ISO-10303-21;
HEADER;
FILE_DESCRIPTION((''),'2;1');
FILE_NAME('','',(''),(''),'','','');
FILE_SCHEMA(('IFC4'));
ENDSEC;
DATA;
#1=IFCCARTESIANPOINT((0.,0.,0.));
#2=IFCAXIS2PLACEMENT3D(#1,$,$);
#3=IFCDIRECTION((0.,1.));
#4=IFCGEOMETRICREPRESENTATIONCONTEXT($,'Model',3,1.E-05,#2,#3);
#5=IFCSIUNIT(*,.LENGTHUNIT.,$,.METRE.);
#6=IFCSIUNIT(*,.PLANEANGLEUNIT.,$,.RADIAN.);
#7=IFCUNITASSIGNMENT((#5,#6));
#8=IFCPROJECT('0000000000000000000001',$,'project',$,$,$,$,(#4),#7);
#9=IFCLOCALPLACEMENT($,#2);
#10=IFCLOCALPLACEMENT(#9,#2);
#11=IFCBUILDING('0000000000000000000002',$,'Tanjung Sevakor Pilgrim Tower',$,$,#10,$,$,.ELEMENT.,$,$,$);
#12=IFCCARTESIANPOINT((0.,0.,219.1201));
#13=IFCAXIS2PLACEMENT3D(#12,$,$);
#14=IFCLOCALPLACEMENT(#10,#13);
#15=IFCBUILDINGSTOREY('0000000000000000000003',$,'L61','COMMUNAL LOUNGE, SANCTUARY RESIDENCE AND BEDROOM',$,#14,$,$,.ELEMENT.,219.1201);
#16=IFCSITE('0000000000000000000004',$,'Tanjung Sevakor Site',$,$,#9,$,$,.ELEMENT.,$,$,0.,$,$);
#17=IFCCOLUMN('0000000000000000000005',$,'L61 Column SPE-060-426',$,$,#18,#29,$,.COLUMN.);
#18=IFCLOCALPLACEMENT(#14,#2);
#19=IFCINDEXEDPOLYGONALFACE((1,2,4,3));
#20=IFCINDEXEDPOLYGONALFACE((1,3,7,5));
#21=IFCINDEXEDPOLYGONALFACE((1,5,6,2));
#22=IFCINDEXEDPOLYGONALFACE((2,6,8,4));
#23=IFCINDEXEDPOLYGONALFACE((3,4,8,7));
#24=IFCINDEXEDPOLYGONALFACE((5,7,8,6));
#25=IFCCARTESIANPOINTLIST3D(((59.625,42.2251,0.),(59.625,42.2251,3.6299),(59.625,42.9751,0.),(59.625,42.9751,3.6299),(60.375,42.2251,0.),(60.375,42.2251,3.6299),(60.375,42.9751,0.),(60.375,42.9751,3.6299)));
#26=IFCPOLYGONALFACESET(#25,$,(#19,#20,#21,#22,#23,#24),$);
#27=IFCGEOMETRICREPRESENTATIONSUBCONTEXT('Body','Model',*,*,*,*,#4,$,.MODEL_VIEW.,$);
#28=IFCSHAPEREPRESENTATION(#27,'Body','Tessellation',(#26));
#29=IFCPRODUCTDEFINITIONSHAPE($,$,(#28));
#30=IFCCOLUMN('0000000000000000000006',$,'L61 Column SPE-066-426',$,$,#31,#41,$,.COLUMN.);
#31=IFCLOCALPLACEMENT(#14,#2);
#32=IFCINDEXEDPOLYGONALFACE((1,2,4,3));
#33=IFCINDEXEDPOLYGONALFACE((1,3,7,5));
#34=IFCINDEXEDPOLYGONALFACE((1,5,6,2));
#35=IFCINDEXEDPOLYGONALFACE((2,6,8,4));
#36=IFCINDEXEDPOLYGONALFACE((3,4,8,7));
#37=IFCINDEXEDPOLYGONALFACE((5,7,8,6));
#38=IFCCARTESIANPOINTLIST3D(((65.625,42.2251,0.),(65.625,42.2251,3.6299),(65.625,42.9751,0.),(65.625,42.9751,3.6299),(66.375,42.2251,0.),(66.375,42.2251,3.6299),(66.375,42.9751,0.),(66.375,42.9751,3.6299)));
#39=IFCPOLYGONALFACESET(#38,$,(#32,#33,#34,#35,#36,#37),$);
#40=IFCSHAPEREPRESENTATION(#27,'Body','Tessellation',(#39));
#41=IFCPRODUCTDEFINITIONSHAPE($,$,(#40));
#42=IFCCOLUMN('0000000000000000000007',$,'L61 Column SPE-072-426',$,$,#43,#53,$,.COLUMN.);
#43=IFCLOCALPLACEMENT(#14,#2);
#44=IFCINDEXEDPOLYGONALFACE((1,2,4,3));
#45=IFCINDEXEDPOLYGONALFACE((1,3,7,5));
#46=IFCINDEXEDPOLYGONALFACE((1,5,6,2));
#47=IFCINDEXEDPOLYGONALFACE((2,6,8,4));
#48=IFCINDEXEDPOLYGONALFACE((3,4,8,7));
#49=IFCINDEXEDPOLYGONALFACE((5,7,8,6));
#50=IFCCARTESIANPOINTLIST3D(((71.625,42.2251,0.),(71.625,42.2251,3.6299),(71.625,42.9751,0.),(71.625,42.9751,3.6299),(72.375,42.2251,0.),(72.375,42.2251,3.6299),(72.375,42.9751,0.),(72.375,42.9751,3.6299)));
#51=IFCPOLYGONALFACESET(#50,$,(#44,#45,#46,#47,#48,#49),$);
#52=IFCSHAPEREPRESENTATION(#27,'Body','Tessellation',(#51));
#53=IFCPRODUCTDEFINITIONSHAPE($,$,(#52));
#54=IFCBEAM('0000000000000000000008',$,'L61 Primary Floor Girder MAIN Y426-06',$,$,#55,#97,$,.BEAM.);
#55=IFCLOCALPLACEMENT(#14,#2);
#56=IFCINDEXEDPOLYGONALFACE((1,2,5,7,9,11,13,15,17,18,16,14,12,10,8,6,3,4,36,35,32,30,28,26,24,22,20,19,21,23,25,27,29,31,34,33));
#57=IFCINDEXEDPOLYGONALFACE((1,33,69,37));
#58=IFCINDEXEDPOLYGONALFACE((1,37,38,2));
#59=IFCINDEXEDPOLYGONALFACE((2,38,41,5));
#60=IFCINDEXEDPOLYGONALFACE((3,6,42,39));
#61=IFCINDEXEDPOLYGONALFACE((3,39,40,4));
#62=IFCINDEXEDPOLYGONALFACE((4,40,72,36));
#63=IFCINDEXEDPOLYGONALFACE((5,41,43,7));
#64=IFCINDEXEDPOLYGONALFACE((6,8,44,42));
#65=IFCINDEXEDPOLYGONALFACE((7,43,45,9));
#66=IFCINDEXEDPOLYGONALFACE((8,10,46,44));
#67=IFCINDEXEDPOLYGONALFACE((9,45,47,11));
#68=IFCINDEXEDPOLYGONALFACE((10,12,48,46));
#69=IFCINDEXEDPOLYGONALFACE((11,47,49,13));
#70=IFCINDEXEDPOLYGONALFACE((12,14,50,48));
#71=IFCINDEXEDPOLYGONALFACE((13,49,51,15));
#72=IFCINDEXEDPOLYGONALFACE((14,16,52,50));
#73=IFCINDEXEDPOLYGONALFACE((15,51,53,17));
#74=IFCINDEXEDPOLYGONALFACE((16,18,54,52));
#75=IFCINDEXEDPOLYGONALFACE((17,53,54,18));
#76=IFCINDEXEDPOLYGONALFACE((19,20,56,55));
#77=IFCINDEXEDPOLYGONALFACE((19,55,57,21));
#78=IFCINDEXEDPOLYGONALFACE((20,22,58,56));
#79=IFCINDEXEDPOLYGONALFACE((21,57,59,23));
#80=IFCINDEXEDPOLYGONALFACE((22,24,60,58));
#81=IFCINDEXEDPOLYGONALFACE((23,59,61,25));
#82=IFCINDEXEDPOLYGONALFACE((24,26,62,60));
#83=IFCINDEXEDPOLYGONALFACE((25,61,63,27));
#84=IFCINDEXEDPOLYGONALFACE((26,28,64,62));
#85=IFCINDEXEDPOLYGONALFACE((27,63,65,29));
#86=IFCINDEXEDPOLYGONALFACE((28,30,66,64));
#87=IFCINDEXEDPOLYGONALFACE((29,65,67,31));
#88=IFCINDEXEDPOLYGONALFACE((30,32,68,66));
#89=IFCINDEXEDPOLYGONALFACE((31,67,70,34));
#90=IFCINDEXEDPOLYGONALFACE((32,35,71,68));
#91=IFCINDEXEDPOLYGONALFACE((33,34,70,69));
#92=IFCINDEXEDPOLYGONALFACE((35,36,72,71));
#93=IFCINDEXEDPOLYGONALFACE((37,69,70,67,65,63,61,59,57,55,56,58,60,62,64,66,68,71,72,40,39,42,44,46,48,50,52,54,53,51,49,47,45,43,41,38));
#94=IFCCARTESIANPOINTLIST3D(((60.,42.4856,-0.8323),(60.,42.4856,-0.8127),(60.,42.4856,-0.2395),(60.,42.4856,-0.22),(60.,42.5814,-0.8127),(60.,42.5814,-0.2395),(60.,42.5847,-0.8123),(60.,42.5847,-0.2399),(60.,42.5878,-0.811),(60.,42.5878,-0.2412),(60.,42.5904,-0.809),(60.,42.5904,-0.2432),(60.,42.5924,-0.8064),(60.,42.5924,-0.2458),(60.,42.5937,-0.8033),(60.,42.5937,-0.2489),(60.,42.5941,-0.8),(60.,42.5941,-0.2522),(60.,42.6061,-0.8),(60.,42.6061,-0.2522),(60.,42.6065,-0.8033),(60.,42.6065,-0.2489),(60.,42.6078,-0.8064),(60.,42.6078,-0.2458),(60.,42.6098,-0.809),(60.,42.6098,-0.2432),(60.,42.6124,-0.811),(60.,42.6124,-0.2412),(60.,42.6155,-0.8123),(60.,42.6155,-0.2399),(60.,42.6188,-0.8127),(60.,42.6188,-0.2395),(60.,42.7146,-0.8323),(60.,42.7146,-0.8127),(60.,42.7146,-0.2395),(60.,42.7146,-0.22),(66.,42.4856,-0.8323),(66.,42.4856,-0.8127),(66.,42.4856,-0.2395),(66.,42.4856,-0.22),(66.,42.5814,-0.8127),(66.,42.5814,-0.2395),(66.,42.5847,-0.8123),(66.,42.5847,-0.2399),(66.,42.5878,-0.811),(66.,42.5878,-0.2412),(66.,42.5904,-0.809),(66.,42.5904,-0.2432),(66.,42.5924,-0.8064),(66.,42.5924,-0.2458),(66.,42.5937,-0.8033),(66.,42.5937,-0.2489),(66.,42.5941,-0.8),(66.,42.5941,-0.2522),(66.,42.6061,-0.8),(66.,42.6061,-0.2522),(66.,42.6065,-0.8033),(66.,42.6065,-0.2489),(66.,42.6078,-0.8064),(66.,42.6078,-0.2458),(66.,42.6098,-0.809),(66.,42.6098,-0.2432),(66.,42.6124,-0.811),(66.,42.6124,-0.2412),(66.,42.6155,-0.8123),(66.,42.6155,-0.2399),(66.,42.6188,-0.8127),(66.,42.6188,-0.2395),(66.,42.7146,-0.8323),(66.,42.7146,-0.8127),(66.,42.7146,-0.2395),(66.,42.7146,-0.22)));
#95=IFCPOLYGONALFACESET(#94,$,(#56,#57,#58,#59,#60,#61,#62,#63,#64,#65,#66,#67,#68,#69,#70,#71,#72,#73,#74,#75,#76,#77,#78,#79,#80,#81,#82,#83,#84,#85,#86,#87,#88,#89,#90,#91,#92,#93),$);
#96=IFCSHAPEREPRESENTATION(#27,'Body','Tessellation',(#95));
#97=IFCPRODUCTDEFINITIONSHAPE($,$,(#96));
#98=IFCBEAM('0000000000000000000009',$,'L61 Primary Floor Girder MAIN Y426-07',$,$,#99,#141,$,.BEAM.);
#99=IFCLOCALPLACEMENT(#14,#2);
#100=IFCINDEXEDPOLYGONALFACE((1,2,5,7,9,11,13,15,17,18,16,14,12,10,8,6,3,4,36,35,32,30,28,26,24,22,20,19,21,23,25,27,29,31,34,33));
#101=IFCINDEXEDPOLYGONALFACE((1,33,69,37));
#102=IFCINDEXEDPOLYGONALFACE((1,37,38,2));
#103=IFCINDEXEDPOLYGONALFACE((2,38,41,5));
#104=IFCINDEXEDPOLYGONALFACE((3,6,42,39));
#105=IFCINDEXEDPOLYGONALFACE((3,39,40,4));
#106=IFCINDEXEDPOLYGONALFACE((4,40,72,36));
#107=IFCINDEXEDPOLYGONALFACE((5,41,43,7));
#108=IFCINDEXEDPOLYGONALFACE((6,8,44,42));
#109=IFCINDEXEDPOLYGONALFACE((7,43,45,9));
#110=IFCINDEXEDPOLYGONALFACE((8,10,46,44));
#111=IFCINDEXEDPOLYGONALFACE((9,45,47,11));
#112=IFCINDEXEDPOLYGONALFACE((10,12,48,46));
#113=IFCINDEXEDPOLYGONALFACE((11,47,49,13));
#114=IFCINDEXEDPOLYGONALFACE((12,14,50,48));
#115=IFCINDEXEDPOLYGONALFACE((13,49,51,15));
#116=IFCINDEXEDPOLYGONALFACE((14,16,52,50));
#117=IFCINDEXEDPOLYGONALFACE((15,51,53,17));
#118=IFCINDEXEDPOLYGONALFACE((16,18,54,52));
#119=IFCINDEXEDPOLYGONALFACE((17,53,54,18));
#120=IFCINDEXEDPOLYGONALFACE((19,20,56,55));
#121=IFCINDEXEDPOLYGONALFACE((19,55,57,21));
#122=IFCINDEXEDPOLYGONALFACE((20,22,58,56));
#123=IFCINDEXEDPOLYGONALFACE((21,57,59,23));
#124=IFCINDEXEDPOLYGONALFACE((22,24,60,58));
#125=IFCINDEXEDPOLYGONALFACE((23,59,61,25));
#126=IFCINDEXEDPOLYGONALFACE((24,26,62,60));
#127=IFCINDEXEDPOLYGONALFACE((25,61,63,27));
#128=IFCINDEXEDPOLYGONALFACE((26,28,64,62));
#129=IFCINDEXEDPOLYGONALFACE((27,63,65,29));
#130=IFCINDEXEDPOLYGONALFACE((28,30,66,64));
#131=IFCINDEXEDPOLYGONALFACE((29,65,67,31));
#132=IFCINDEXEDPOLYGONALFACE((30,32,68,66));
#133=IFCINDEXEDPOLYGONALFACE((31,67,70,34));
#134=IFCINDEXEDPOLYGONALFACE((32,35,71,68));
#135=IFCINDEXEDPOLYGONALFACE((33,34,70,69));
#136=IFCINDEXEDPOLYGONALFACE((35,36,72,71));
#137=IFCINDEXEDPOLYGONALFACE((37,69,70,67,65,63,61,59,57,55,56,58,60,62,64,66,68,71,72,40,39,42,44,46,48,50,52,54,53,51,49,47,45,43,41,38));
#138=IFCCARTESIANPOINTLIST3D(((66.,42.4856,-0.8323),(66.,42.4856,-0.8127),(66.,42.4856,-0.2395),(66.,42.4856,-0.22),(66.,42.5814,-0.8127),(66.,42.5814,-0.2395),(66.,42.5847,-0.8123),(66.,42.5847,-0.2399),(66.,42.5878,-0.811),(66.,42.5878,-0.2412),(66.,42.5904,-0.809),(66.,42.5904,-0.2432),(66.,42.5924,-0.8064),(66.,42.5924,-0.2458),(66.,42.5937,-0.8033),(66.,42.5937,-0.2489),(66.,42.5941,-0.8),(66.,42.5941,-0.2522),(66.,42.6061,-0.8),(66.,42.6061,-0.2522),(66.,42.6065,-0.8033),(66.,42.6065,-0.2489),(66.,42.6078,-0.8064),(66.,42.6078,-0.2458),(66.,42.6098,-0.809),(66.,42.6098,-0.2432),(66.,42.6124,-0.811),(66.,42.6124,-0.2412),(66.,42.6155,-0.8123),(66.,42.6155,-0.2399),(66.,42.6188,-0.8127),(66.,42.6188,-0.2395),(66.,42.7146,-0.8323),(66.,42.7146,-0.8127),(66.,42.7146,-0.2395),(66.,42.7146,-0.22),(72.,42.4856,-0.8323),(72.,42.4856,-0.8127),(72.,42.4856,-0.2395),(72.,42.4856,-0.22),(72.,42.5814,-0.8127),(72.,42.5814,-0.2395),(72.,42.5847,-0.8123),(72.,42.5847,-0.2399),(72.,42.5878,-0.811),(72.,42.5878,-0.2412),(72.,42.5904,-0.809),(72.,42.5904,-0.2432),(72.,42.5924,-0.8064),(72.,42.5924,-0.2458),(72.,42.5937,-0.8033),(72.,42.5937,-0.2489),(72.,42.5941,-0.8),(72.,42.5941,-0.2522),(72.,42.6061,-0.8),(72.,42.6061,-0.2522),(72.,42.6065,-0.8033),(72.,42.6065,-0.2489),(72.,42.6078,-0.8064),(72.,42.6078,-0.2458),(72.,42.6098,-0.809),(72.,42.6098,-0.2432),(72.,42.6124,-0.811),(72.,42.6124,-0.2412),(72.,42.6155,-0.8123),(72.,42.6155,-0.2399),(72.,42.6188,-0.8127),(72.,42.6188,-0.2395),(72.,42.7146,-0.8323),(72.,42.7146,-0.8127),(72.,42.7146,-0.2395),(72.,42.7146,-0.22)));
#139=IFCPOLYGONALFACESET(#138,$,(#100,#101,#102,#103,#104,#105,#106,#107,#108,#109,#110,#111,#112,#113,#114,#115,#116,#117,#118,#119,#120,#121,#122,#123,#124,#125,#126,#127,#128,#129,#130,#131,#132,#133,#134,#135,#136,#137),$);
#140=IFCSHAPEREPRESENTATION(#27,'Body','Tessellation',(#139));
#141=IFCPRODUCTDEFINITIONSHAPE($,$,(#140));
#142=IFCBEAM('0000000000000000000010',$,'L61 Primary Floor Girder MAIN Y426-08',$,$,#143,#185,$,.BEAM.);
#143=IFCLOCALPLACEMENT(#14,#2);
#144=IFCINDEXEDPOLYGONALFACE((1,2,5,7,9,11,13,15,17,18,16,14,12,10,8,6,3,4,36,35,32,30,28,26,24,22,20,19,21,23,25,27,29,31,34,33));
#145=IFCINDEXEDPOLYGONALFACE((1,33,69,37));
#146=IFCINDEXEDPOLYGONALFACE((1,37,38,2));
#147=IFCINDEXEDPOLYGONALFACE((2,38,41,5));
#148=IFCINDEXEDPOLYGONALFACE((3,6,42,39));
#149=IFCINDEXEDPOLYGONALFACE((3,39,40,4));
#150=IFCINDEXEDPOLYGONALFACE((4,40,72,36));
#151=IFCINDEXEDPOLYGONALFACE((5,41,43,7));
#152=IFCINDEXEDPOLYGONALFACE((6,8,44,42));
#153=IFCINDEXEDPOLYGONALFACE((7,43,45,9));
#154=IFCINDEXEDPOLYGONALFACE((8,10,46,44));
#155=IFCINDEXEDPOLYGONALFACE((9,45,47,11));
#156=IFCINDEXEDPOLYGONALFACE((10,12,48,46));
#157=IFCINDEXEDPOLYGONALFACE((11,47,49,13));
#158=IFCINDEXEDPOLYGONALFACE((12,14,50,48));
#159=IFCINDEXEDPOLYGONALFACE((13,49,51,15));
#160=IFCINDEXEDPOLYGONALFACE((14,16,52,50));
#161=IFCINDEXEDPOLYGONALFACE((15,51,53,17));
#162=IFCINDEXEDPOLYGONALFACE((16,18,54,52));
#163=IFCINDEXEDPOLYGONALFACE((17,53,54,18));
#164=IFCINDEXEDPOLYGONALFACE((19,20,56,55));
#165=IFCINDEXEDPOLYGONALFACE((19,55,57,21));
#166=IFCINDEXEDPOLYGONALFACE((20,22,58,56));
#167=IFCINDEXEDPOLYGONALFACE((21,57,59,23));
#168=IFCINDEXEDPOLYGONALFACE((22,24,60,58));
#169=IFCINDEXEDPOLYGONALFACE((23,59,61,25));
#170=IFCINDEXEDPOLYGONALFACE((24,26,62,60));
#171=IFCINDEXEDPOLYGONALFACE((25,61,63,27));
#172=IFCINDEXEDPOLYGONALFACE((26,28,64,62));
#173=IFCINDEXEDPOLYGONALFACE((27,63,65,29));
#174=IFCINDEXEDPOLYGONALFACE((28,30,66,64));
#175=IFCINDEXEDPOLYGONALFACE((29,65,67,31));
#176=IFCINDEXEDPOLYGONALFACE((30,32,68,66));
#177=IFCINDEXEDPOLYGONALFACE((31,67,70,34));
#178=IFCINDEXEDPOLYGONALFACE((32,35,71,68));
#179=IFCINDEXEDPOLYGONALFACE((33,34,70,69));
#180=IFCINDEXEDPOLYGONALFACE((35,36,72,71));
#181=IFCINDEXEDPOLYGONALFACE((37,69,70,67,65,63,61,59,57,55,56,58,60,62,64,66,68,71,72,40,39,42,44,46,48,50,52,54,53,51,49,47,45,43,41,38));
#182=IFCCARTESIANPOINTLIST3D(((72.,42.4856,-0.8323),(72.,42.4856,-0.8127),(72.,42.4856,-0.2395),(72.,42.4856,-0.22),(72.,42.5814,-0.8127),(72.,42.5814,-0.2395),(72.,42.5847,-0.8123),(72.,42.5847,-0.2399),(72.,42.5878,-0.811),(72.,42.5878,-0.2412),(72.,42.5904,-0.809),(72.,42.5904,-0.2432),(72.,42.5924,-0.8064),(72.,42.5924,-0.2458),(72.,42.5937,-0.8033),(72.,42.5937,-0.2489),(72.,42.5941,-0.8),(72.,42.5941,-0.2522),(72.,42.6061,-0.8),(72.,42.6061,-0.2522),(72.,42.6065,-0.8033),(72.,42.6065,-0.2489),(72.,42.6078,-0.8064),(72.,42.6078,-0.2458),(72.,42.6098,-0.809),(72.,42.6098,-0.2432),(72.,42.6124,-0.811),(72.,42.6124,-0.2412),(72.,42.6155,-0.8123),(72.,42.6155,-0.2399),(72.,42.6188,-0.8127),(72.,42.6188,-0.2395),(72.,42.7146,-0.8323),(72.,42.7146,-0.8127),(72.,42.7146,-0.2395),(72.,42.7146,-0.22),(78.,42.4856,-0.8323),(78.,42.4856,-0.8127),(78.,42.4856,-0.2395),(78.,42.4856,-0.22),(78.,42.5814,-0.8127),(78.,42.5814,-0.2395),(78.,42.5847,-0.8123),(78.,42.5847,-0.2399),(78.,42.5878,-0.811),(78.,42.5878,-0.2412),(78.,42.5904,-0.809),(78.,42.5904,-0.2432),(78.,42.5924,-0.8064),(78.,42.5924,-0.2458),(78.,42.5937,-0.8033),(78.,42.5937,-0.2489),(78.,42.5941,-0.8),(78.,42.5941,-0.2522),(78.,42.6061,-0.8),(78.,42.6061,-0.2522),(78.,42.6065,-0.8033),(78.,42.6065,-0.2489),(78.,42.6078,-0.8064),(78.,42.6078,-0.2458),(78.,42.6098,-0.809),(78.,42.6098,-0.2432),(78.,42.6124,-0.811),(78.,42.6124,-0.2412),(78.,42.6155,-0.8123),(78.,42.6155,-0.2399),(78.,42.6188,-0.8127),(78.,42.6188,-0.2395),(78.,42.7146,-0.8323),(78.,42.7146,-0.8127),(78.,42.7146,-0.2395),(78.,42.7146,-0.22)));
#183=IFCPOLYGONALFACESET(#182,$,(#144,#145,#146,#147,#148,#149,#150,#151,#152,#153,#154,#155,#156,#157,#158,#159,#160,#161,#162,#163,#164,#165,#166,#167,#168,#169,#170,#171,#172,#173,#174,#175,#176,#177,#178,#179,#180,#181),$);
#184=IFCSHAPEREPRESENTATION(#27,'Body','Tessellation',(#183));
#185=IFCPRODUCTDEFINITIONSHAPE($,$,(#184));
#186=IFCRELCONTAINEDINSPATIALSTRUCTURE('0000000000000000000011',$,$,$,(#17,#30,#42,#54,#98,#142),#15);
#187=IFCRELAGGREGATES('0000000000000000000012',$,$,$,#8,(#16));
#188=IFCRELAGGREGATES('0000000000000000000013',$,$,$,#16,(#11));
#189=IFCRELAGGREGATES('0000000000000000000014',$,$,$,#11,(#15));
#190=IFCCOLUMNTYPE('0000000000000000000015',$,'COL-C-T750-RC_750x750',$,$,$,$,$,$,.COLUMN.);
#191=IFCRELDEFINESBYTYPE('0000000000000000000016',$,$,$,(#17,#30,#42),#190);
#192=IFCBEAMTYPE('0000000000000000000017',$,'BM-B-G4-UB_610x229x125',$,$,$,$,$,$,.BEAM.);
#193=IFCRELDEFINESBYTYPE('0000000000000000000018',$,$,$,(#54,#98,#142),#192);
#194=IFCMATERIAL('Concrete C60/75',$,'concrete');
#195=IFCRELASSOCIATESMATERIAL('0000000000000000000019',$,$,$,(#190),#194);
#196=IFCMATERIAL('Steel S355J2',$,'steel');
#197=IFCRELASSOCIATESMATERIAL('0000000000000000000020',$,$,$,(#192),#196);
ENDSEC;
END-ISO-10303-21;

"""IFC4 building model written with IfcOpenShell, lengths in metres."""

from ifc_helpers import new_model, si_unit, direction, frame, origin, origin_2d, place, context, subcontext, project, spatial, rectangle, i_section, extrude, material, material_profile, profile_set, type_object, element, save


model = new_model("IFC4")

# Units and contexts
model_context = context("Model", 3, precision=1e-05, world=origin(), true_north=direction((0.0, 1.0)))
body_context = subcontext(model_context, "Body", "Model", "MODEL_VIEW")
ifc_project = project(units=[si_unit("LENGTHUNIT", "METRE"), si_unit("PLANEANGLEUNIT", "RADIAN")], contexts=[model_context])

# Site, building, storey
site_placement = place(None, origin())
site = spatial("IfcSite", under=ifc_project, at=site_placement, Name="Tanjung Sevakor Site", CompositionType="ELEMENT", RefElevation=0.0)
building_placement = place(site_placement, origin())
building = spatial("IfcBuilding", under=site, at=building_placement, Name="Tanjung Sevakor Pilgrim Tower", CompositionType="ELEMENT")
storey_placement = place(building_placement, frame((0.0, 0.0, 219.1201)))
storey = spatial("IfcBuildingStorey", under=building, at=storey_placement, Name="L61", Description="COMMUNAL LOUNGE, SANCTUARY RESIDENCE AND BEDROOM", CompositionType="ELEMENT", Elevation=219.1201)

# Columns
ifc_material_1 = material(Name="Concrete C60/75", Category="concrete")
ifc_material_profile_1 = material_profile(ifc_material_1, rectangle(XDim=0.75, YDim=0.75, at=origin_2d()))
ifc_profile_set_1 = profile_set([ifc_material_profile_1], Name="Concrete C60/75")
column_type = type_object("IfcColumnType", Name="COL-C-T750-RC_750x750", PredefinedType="COLUMN", material=ifc_profile_set_1)
for number, where, z_axis, x_axis, name in (
    (1, (60.0, 42.6001, 0.0), (0.0, 0.0, 1.0), (1.0, 0.0, 0.0), "L61 Column SPE-060-426"),
    (2, (66.0, 42.6001, 0.0), (0.0, 0.0, 1.0), (1.0, 0.0, 0.0), "L61 Column SPE-066-426"),
    (3, (72.0, 42.6001, 0.0), (0.0, 0.0, 1.0), (1.0, 0.0, 0.0), "L61 Column SPE-072-426"),
):
    element("IfcColumn", number, at=place(storey_placement, frame(where, z_axis=z_axis, x_axis=x_axis)), inside=storey, type_object=column_type, Name=name, PredefinedType="COLUMN", context=body_context, shape_type="SweptSolid", body=[
        extrude(rectangle(XDim=0.75, YDim=0.75, at=origin_2d()), origin(), (0.0, 0.0, 1.0), 3.6299),
    ])

# Beams
ifc_material_2 = material(Name="Steel S355J2", Category="steel")
ifc_material_profile_2 = material_profile(ifc_material_2, i_section(OverallWidth=0.229, OverallDepth=0.6123, WebThickness=0.012, FlangeThickness=0.0195, FilletRadius=0.0127, at=origin_2d()))
ifc_profile_set_2 = profile_set([ifc_material_profile_2], Name="Steel S355J2")
beam_type_1 = type_object("IfcBeamType", Name="BM-B-G4-UB_610x229x125", PredefinedType="BEAM", material=ifc_profile_set_2)
for number, where, z_axis, x_axis, name in (
    (4, (60.0, 42.6001, -0.5261), (1.0, 0.0, 0.0), (0.0, 1.0, 0.0), "L61 Primary Floor Girder MAIN Y426-06"),
    (5, (66.0, 42.6001, -0.5261), (1.0, 0.0, 0.0), (0.0, 1.0, 0.0), "L61 Primary Floor Girder MAIN Y426-07"),
    (6, (72.0, 42.6001, -0.5261), (1.0, 0.0, 0.0), (0.0, 1.0, 0.0), "L61 Primary Floor Girder MAIN Y426-08"),
):
    element("IfcBeam", number, at=place(storey_placement, frame(where, z_axis=z_axis, x_axis=x_axis)), inside=storey, type_object=beam_type_1, Name=name, PredefinedType="BEAM", context=body_context, shape_type="SweptSolid", body=[
        extrude(i_section(OverallWidth=0.229, OverallDepth=0.6123, WebThickness=0.012, FlangeThickness=0.0195, FilletRadius=0.0127, at=origin_2d()), origin(), (0.0, 0.0, 1.0), 6.0),
    ])

save(model, "model.ifc")
